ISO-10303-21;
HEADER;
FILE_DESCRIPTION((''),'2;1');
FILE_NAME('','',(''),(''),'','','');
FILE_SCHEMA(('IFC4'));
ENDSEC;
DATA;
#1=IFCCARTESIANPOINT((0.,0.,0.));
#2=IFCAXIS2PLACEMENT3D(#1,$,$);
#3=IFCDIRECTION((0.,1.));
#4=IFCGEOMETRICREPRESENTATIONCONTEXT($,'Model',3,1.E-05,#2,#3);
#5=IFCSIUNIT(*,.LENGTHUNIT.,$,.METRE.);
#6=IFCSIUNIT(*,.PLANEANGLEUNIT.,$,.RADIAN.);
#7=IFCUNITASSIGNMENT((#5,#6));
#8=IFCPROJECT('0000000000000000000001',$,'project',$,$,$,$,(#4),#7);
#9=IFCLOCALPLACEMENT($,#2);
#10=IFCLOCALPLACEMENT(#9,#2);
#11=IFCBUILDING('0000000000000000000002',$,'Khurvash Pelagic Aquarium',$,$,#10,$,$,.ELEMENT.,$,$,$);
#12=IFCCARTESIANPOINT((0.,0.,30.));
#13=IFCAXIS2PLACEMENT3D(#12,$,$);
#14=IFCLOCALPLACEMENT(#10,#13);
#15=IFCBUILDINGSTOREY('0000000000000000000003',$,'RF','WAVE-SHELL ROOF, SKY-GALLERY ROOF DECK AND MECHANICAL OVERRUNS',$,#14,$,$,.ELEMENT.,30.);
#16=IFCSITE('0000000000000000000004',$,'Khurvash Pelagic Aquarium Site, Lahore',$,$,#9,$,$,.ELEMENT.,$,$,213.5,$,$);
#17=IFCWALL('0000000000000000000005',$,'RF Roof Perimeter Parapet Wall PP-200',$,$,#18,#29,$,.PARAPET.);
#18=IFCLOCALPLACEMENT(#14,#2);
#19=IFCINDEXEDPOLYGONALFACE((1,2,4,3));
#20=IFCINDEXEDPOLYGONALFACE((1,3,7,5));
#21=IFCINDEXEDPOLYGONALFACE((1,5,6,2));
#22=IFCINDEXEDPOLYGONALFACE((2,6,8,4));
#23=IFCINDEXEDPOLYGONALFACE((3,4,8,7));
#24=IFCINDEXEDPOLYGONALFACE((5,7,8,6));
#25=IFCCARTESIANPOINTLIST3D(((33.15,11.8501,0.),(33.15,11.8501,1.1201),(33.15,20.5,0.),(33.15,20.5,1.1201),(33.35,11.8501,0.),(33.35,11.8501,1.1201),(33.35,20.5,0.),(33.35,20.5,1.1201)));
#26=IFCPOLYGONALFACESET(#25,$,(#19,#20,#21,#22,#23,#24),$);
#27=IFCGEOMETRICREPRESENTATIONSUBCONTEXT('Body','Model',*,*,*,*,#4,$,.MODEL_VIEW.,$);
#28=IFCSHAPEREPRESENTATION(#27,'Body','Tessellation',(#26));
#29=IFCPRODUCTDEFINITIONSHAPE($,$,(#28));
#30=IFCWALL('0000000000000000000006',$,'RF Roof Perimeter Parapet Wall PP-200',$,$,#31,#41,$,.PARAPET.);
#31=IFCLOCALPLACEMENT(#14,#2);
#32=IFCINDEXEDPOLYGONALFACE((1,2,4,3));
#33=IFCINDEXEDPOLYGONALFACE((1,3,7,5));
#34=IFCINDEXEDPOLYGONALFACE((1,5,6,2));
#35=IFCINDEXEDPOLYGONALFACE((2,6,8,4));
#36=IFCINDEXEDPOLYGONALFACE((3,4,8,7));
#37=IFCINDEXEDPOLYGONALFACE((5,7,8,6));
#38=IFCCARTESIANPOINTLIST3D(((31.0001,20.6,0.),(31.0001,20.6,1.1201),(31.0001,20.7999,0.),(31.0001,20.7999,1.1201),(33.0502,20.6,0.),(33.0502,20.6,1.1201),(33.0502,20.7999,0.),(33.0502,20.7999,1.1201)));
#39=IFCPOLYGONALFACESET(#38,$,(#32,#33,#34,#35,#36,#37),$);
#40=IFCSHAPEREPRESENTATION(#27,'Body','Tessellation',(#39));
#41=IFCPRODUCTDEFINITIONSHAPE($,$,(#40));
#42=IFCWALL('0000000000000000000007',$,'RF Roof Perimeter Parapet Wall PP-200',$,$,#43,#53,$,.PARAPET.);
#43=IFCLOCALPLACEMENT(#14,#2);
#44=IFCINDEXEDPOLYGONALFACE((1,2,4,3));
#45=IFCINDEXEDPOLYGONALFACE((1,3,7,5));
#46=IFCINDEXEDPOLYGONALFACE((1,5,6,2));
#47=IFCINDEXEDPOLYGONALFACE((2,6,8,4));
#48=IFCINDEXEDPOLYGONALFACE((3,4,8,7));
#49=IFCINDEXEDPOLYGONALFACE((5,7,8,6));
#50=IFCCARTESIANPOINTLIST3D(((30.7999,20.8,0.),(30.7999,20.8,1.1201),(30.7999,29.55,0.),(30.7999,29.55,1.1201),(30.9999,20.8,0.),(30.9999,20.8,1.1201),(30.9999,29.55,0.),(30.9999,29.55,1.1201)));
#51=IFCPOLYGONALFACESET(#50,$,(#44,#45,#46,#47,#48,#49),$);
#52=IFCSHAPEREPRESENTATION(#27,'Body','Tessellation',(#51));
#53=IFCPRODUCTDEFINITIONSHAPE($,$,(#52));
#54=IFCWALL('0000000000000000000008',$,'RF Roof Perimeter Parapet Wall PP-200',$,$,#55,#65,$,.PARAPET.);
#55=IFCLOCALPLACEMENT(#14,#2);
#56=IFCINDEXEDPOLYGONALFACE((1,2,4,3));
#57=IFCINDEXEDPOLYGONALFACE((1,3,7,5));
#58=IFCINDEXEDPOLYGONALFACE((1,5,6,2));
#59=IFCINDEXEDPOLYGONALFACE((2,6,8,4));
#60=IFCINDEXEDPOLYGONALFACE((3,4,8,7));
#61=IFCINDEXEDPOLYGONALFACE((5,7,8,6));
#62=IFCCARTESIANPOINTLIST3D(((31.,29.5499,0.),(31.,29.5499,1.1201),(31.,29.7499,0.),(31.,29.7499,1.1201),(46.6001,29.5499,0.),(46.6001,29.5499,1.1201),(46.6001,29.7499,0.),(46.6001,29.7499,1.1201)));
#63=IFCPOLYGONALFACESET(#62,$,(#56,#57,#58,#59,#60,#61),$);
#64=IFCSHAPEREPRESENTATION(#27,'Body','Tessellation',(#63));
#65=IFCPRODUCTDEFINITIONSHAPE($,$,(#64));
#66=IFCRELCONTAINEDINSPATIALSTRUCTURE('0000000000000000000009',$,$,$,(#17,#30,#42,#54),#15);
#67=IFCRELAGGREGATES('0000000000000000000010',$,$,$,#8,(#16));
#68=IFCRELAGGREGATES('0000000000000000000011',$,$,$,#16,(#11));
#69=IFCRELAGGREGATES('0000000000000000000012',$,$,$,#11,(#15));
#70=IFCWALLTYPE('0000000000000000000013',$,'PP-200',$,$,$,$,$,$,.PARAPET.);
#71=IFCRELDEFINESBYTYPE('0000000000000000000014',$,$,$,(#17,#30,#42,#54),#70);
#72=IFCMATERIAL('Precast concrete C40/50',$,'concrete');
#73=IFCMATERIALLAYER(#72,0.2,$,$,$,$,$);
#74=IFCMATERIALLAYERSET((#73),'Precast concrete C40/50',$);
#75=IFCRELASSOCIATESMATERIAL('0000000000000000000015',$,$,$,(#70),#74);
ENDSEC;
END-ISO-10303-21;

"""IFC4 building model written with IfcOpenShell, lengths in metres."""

from ifc_helpers import new_model, si_unit, direction, frame, frame_2d, origin, place, context, subcontext, project, spatial, rectangle, extrude, material, layer, layer_set, type_object, element, save


model = new_model("IFC4")

# Units and contexts
model_context = context("Model", 3, precision=1e-05, world=origin(), true_north=direction((0.0, 1.0)))
body_context = subcontext(model_context, "Body", "Model", "MODEL_VIEW")
ifc_project = project(units=[si_unit("LENGTHUNIT", "METRE"), si_unit("PLANEANGLEUNIT", "RADIAN")], contexts=[model_context])

# Site, building, storey
site_placement = place(None, origin())
site = spatial("IfcSite", under=ifc_project, at=site_placement, Name="Khurvash Pelagic Aquarium Site, Lahore", CompositionType="ELEMENT", RefElevation=213.5)
building_placement = place(site_placement, origin())
building = spatial("IfcBuilding", under=site, at=building_placement, Name="Khurvash Pelagic Aquarium", CompositionType="ELEMENT")
storey_placement = place(building_placement, frame((0.0, 0.0, 30.0)))
storey = spatial("IfcBuildingStorey", under=building, at=storey_placement, Name="RF", Description="WAVE-SHELL ROOF, SKY-GALLERY ROOF DECK AND MECHANICAL OVERRUNS", CompositionType="ELEMENT", Elevation=30.0)

# Walls
ifc_material_1 = material(Name="Precast concrete C40/50", Category="concrete")
ifc_layer = layer(ifc_material_1, 0.2)
ifc_layer_set = layer_set([ifc_layer], Name="Precast concrete C40/50")
wall_type = type_object("IfcWallType", Name="PP-200", PredefinedType="PARAPET", material=ifc_layer_set)
for number, where, z_axis, x_axis, name in (
    (1, (33.25, 11.8501, 0.0), (0.0, 0.0, 1.0), (0.0, 1.0, 0.0), "RF Roof Perimeter Parapet Wall PP-200"),
):
    element("IfcWall", number, at=place(storey_placement, frame(where, z_axis=z_axis, x_axis=x_axis)), inside=storey, type_object=wall_type, Name=name, PredefinedType="PARAPET", context=body_context, shape_type="SweptSolid", body=[
        extrude(rectangle(XDim=8.6499, YDim=0.2, at=frame_2d((4.325, 0.0))), origin(), (0.0, 0.0, 1.0), 1.1201),
    ])
wall_1_placement = place(storey_placement, frame((33.05, 20.7, 0.0), z_axis=(0.0, 0.0, 1.0), x_axis=(-1.0, 0.0, 0.0)))
element("IfcWall", 2, at=wall_1_placement, inside=storey, type_object=wall_type, Name="RF Roof Perimeter Parapet Wall PP-200", PredefinedType="PARAPET", context=body_context, shape_type="SweptSolid", body=[
    extrude(rectangle(XDim=2.05, YDim=0.2, at=frame_2d((1.0249, 0.0))), origin(), (0.0, 0.0, 1.0), 1.1201),
])
wall_2_placement = place(storey_placement, frame((30.8999, 20.8, 0.0), z_axis=(0.0, 0.0, 1.0), x_axis=(0.0, 1.0, 0.0)))
element("IfcWall", 3, at=wall_2_placement, inside=storey, type_object=wall_type, Name="RF Roof Perimeter Parapet Wall PP-200", PredefinedType="PARAPET", context=body_context, shape_type="SweptSolid", body=[
    extrude(rectangle(XDim=8.75, YDim=0.2, at=frame_2d((4.375, 0.0))), origin(), (0.0, 0.0, 1.0), 1.1201),
])
wall_3_placement = place(storey_placement, frame((31.0, 29.6499, 0.0), z_axis=(0.0, 0.0, 1.0), x_axis=(1.0, 0.0, 0.0)))
element("IfcWall", 4, at=wall_3_placement, inside=storey, type_object=wall_type, Name="RF Roof Perimeter Parapet Wall PP-200", PredefinedType="PARAPET", context=body_context, shape_type="SweptSolid", body=[
    extrude(rectangle(XDim=15.6001, YDim=0.2, at=frame_2d((7.8, 0.0))), origin(), (0.0, 0.0, 1.0), 1.1201),
])

save(model, "model.ifc")
